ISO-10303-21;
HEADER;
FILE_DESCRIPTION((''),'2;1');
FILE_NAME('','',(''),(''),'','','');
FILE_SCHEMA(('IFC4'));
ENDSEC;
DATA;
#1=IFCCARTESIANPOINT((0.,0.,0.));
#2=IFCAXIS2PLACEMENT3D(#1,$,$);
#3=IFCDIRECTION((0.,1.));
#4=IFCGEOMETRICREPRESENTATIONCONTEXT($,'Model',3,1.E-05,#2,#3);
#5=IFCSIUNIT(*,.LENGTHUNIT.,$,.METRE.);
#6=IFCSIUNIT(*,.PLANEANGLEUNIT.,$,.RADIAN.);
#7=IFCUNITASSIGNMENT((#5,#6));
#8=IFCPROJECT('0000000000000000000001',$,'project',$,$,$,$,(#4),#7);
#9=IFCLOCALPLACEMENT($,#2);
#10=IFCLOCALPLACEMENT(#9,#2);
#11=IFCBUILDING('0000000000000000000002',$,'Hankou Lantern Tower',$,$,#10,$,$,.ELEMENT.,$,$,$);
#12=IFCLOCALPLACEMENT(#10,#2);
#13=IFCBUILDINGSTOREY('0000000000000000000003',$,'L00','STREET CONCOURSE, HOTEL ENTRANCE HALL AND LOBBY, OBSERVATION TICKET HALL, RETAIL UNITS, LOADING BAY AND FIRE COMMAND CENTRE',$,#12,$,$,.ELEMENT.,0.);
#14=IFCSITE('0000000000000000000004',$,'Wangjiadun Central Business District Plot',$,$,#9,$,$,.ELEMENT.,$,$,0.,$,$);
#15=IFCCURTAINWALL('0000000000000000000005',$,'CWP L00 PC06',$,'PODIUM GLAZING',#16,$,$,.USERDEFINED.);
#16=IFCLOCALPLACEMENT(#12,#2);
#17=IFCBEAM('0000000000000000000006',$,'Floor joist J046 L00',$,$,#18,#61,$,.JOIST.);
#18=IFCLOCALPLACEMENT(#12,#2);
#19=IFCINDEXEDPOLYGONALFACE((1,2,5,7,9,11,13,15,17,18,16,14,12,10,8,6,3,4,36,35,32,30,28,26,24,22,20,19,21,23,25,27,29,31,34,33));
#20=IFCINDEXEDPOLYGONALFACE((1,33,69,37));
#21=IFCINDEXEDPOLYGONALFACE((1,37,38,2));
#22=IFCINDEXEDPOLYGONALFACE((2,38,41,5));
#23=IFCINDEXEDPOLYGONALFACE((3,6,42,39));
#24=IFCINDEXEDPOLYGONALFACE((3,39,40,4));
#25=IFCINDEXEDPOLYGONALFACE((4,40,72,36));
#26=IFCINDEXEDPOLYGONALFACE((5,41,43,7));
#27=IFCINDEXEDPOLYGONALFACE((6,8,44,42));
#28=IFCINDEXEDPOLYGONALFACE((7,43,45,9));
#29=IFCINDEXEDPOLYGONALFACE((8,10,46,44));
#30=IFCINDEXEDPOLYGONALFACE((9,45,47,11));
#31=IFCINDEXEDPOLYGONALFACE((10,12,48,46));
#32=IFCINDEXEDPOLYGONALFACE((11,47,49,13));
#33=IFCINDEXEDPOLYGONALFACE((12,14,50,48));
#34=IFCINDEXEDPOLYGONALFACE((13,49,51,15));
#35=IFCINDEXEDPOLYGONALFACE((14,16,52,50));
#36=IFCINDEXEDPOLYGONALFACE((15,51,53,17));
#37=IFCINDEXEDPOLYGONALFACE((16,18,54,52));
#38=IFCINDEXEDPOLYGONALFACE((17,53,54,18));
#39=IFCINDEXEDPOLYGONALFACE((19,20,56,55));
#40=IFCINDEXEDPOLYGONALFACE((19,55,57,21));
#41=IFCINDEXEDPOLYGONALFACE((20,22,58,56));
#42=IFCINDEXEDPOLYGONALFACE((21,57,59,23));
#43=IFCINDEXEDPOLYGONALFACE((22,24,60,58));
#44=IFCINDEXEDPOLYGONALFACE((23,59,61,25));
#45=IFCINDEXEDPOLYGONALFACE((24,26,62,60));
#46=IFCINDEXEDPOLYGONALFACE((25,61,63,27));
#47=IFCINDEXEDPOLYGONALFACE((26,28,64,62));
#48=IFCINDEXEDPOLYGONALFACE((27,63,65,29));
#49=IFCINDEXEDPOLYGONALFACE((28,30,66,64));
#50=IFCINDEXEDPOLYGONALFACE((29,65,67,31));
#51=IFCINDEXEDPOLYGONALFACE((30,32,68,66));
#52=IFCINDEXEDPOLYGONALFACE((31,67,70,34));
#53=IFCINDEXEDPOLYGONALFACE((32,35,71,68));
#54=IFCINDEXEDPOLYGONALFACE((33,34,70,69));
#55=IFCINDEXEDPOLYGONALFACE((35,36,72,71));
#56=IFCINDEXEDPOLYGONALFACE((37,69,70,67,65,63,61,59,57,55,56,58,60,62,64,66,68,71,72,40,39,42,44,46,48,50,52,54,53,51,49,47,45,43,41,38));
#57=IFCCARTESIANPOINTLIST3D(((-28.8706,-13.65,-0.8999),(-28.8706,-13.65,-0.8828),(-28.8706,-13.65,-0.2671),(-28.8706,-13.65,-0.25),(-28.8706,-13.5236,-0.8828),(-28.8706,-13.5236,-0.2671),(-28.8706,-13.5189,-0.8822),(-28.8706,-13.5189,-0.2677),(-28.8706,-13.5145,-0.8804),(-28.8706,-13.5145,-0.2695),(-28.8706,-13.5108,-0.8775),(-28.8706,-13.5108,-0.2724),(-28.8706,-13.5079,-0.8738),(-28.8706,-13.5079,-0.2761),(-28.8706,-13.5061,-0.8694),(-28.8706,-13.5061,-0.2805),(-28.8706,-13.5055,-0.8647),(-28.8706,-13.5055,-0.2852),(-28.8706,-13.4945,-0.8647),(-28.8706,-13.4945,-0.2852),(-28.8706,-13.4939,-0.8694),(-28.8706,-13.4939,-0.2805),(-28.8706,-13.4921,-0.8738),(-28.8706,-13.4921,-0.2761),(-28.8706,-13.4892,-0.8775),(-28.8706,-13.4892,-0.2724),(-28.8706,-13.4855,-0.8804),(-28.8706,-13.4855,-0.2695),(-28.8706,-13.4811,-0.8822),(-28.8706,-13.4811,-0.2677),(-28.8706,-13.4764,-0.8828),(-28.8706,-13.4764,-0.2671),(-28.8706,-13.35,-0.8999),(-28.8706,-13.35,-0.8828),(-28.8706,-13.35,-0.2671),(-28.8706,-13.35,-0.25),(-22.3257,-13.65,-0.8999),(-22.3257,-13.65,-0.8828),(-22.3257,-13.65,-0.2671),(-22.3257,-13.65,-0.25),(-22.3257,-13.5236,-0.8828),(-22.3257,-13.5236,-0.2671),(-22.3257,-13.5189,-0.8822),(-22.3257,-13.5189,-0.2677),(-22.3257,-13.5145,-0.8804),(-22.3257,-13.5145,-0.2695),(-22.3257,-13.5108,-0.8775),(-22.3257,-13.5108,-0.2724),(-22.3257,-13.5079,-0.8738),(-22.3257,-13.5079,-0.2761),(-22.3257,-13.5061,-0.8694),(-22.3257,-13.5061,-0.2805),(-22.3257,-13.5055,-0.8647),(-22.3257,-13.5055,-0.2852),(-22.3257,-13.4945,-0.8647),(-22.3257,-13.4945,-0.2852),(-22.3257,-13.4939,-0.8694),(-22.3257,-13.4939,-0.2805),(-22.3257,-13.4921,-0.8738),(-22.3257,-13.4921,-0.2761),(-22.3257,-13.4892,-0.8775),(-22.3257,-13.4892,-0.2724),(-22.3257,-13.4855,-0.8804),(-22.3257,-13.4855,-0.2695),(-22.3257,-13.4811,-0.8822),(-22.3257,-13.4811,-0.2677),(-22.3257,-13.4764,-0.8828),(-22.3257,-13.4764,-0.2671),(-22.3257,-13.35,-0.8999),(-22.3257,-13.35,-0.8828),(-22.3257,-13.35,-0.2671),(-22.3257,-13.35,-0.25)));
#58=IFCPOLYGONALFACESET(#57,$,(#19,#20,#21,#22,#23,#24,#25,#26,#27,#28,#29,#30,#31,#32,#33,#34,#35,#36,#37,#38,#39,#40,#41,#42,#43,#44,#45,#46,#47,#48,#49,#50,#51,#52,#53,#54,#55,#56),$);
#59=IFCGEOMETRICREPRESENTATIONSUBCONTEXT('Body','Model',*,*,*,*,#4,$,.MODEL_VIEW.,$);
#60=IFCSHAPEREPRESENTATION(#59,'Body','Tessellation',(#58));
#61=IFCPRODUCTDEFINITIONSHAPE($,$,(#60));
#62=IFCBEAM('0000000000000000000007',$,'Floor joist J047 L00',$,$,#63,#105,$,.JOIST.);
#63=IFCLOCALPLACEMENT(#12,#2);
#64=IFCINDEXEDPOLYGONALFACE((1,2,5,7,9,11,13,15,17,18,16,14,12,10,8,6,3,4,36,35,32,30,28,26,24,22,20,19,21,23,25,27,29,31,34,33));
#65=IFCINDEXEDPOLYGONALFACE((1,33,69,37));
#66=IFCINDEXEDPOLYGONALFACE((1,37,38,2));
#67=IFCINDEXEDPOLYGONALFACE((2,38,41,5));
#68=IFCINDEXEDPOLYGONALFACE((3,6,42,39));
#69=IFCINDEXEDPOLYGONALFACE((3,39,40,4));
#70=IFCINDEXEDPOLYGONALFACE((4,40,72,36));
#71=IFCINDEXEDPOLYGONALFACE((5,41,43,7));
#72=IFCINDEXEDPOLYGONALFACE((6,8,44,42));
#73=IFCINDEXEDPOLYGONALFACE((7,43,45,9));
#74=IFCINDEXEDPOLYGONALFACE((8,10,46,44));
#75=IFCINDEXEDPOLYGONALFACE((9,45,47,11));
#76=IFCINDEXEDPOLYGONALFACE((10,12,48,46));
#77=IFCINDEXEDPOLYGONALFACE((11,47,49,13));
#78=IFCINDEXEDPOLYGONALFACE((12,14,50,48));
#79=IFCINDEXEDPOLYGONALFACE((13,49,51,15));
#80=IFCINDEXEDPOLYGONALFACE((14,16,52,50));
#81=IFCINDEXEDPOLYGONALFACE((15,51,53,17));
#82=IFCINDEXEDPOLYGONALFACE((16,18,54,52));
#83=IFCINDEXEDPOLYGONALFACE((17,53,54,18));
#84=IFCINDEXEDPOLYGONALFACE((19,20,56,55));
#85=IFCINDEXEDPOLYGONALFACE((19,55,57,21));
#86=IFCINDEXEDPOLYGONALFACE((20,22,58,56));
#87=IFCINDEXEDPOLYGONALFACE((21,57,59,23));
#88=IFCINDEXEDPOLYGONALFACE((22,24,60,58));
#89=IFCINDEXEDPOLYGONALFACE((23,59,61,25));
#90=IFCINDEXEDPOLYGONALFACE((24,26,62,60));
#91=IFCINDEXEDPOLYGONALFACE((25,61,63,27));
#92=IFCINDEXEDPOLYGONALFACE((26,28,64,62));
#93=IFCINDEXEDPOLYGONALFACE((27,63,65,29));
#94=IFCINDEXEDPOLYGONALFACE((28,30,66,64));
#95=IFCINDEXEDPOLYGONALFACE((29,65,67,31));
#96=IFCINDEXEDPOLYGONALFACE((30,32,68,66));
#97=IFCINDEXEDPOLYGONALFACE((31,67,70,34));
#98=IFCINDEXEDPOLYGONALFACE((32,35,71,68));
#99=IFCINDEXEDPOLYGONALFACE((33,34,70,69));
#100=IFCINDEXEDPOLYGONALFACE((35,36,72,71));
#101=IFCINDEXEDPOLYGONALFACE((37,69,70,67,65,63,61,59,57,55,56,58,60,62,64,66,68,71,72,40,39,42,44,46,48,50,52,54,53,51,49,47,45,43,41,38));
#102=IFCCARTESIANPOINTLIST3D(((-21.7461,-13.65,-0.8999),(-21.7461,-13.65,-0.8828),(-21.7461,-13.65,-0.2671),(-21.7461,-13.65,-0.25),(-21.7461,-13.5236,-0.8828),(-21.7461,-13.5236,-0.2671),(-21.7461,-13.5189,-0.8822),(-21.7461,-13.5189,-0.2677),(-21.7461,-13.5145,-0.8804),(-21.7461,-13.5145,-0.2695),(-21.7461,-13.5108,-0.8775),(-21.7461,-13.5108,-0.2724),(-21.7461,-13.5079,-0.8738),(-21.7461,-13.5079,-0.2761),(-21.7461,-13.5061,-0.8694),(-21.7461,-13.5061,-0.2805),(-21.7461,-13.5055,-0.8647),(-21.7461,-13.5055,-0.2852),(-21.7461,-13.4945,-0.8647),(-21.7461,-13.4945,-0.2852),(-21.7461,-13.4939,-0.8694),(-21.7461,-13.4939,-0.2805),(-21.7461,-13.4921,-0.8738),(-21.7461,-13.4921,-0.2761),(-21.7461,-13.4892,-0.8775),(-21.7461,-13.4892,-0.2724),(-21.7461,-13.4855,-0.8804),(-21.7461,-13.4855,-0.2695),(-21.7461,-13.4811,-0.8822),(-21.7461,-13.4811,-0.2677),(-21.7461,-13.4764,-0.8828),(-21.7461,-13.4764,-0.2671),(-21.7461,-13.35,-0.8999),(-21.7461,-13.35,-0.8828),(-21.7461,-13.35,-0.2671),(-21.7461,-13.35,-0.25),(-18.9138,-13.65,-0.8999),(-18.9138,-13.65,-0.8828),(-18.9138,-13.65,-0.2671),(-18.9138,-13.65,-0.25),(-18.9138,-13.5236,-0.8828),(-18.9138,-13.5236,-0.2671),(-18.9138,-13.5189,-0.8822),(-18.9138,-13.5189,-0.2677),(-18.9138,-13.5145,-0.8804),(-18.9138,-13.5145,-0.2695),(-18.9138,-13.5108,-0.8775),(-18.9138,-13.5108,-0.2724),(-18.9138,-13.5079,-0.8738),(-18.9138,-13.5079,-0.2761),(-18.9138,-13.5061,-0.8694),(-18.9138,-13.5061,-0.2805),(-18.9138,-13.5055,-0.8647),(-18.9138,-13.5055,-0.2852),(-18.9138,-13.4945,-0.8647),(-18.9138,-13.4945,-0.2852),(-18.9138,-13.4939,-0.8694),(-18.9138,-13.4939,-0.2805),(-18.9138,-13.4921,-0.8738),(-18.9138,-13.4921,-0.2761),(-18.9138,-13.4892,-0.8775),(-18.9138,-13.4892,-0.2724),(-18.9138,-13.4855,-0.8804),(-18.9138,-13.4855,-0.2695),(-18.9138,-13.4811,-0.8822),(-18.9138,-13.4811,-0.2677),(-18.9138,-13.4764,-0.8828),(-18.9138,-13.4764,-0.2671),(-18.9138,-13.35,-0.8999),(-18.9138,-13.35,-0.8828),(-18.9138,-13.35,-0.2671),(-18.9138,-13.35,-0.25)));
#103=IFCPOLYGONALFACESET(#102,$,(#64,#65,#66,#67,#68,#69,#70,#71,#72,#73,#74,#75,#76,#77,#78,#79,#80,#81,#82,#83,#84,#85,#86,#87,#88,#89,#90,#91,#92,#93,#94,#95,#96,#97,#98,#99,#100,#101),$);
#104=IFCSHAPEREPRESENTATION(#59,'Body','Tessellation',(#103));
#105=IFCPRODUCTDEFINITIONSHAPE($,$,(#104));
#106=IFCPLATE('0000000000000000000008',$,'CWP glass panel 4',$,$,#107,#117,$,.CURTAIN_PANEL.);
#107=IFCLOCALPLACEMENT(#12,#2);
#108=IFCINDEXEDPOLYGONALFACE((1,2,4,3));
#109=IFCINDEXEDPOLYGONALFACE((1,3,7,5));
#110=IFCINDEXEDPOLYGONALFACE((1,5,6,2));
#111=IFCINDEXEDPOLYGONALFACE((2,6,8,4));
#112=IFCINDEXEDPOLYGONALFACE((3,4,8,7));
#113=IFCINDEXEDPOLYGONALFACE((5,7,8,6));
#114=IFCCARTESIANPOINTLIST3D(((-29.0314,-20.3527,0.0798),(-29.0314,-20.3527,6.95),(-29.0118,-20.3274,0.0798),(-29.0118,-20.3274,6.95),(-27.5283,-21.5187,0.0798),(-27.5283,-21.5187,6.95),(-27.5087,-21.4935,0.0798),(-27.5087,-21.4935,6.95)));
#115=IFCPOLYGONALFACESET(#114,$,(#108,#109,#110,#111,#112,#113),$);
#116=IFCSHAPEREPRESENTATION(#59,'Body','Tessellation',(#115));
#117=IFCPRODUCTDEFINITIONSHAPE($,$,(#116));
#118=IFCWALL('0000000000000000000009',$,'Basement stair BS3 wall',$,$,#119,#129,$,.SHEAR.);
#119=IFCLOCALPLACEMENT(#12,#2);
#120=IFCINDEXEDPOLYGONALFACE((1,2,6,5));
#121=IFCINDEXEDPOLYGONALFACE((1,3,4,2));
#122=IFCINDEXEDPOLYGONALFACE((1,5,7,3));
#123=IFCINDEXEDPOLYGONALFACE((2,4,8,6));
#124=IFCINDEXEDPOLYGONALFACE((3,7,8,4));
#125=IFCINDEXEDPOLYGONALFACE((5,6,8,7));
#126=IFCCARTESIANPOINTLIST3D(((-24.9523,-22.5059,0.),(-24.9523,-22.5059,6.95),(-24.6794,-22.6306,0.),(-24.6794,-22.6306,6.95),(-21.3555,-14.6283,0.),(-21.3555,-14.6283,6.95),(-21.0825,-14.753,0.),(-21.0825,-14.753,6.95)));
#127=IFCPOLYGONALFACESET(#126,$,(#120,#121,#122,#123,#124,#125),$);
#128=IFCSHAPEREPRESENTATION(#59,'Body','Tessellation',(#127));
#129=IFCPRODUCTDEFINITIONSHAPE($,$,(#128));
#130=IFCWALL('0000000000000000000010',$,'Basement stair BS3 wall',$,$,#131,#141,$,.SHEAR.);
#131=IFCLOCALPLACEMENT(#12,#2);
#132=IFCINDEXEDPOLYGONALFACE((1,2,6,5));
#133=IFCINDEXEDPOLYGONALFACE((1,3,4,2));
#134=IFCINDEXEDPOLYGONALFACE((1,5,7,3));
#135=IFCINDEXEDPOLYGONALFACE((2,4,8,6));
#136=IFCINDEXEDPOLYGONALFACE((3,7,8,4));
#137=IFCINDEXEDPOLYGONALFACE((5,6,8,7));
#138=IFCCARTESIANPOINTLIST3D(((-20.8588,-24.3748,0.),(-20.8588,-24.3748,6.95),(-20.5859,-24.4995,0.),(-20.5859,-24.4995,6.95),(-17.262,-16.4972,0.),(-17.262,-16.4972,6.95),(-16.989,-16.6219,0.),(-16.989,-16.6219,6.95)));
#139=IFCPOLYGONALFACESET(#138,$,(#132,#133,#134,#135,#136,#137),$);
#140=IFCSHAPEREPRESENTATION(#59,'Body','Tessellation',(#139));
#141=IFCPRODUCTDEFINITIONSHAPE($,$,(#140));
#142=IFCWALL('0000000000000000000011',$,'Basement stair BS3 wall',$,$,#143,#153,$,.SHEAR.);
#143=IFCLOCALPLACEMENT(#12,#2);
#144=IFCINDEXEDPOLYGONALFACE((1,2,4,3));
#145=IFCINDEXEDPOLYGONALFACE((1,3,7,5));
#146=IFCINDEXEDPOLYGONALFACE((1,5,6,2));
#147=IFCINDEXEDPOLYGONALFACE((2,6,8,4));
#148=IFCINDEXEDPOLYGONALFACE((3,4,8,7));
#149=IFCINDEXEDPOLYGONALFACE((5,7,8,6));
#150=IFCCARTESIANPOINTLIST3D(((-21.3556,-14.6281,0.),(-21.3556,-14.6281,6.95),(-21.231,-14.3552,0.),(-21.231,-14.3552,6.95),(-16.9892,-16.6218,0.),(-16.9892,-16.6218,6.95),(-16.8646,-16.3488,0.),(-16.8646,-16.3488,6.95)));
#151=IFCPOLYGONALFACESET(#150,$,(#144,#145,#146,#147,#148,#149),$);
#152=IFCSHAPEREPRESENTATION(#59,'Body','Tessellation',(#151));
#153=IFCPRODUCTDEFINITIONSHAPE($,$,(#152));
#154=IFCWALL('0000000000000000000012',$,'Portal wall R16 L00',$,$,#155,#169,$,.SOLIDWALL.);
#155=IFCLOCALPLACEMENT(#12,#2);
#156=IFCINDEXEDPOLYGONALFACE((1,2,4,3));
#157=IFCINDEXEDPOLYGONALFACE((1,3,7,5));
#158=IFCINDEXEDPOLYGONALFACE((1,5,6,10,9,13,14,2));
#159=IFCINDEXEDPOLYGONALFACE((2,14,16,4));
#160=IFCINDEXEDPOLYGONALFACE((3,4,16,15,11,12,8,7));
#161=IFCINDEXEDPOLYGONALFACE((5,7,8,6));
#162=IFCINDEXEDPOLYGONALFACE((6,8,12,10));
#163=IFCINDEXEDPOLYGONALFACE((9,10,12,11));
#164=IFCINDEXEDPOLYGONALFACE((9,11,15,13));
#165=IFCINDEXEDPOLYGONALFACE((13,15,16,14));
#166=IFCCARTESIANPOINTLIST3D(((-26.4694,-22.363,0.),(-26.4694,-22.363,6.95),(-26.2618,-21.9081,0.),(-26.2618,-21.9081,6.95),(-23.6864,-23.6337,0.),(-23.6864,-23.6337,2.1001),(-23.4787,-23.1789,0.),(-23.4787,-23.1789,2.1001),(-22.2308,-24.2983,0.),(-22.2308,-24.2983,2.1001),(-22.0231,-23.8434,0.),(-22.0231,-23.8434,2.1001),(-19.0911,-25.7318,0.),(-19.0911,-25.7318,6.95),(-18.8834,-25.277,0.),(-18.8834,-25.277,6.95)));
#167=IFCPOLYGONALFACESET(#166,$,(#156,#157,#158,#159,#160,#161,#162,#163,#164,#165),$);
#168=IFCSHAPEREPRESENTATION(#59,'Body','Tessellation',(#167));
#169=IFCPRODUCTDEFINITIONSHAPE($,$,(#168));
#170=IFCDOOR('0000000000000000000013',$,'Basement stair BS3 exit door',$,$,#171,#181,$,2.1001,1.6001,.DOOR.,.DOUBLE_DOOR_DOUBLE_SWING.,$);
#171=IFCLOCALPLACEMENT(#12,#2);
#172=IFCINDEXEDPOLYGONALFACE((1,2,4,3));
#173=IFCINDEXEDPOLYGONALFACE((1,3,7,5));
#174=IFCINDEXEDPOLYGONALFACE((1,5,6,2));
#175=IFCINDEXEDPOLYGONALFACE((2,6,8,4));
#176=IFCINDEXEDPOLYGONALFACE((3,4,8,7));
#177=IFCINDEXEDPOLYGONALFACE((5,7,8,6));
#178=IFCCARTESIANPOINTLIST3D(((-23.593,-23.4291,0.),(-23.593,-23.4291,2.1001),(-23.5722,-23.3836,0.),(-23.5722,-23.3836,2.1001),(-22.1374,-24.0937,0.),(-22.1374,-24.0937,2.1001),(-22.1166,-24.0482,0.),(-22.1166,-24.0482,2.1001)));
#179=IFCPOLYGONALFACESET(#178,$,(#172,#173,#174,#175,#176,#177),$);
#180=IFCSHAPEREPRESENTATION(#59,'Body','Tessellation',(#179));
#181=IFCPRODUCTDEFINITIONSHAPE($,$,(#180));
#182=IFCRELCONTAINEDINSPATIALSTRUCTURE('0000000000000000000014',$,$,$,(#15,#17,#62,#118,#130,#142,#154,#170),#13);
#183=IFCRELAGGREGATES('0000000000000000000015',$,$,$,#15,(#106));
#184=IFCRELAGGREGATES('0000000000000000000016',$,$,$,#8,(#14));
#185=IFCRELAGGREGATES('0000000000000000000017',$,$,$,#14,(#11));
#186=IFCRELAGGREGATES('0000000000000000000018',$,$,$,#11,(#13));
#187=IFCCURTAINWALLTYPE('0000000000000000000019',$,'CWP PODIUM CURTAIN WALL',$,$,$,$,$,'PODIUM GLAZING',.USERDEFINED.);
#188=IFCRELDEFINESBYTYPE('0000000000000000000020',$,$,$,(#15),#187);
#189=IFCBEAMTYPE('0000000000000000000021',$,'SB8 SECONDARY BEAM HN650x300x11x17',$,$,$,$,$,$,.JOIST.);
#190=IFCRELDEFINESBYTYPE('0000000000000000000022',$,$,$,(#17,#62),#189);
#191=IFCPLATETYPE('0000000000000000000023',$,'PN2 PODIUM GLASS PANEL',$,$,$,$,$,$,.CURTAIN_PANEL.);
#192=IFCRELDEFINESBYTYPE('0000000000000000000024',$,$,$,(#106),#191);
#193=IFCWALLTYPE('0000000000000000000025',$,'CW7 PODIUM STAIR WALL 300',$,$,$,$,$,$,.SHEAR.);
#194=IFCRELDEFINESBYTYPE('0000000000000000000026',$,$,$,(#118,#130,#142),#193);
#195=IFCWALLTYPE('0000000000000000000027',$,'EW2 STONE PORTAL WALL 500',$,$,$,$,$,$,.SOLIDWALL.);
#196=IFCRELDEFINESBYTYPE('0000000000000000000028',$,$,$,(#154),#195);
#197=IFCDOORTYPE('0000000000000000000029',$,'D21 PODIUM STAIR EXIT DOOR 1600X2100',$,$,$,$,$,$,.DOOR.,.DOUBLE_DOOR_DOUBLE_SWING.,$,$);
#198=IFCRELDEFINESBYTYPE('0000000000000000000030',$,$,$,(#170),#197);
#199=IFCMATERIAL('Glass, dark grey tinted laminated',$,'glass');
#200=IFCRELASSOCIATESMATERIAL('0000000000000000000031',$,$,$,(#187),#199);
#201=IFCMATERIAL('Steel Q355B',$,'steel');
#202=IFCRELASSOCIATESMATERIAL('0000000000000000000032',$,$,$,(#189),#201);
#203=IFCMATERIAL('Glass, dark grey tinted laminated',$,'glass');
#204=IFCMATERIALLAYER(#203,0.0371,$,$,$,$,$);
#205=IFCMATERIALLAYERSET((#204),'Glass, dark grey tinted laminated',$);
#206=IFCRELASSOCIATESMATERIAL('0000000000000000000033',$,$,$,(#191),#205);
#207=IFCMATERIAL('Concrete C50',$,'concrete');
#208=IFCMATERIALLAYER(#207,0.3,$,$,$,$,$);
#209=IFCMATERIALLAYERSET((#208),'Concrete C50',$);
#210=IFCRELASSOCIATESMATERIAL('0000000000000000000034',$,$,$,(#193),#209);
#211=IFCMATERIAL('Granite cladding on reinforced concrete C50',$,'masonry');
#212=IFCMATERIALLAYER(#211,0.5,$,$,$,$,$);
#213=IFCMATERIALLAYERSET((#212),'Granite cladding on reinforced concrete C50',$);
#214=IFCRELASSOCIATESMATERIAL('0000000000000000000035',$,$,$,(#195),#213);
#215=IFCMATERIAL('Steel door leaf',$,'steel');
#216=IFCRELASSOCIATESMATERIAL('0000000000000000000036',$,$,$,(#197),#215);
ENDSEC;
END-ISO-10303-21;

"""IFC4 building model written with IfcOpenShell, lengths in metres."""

from ifc_helpers import new_model, si_unit, direction, frame, frame_2d, origin, origin_2d, place, context, subcontext, project, spatial, rectangle, i_section, extrude, material, layer, layer_set, material_profile, profile_set, type_object, element, fill, aggregate, save


model = new_model("IFC4")

# Units and contexts
model_context = context("Model", 3, precision=1e-05, world=origin(), true_north=direction((0.0, 1.0)))
body_context = subcontext(model_context, "Body", "Model", "MODEL_VIEW")
ifc_project = project(units=[si_unit("LENGTHUNIT", "METRE"), si_unit("PLANEANGLEUNIT", "RADIAN")], contexts=[model_context])

# Site, building, storey
site_placement = place(None, origin())
site = spatial("IfcSite", under=ifc_project, at=site_placement, Name="Wangjiadun Central Business District Plot", CompositionType="ELEMENT", RefElevation=0.0)
building_placement = place(site_placement, origin())
building = spatial("IfcBuilding", under=site, at=building_placement, Name="Hankou Lantern Tower", CompositionType="ELEMENT")
storey_placement = place(building_placement, origin())
storey = spatial("IfcBuildingStorey", under=building, at=storey_placement, Name="L00", Description="STREET CONCOURSE, HOTEL ENTRANCE HALL AND LOBBY, OBSERVATION TICKET HALL, RETAIL UNITS, LOADING BAY AND FIRE COMMAND CENTRE", CompositionType="ELEMENT", Elevation=0.0)

# Curtain wall
ifc_material_1 = material(Name="Glass, dark grey tinted laminated", Category="glass")
curtain_wall_type = type_object("IfcCurtainWallType", Name="CWP PODIUM CURTAIN WALL", ElementType="PODIUM GLAZING", PredefinedType="USERDEFINED", material=ifc_material_1)
curtain_wall_placement = place(storey_placement, origin())
curtain_wall = element("IfcCurtainWall", 1, at=curtain_wall_placement, inside=storey, type_object=curtain_wall_type, Name="CWP L00 PC06", ObjectType="PODIUM GLAZING", PredefinedType="USERDEFINED")

# Beams
ifc_material_2 = material(Name="Steel Q355B", Category="steel")
ifc_material_profile_1 = material_profile(ifc_material_2, i_section(OverallWidth=0.3, OverallDepth=0.6499, WebThickness=0.011, FlangeThickness=0.0171, FilletRadius=0.0181, at=origin_2d()), Name="HN650x300x11x17")
ifc_profile_set_1 = profile_set([ifc_material_profile_1], Name="Steel Q355B")
beam_type_1 = type_object("IfcBeamType", Name="SB8 SECONDARY BEAM HN650x300x11x17", PredefinedType="JOIST", material=ifc_profile_set_1)
beam_1_placement = place(storey_placement, frame((-28.8706, -13.5, -0.575), z_axis=(1.0, 0.0, 0.0), x_axis=(0.0, 1.0, 0.0)))
element("IfcBeam", 2, at=beam_1_placement, inside=storey, type_object=beam_type_1, Name="Floor joist J046 L00", PredefinedType="JOIST", context=body_context, shape_type="SweptSolid", body=[
    extrude(i_section(OverallWidth=0.3, OverallDepth=0.6499, WebThickness=0.011, FlangeThickness=0.0171, FilletRadius=0.0181, at=origin_2d()), origin(), (0.0, 0.0, 1.0), 6.5449),
])
beam_2_placement = place(storey_placement, frame((-21.7461, -13.5, -0.575), z_axis=(1.0, 0.0, 0.0), x_axis=(0.0, 1.0, 0.0)))
element("IfcBeam", 3, at=beam_2_placement, inside=storey, type_object=beam_type_1, Name="Floor joist J047 L00", PredefinedType="JOIST", context=body_context, shape_type="SweptSolid", body=[
    extrude(i_section(OverallWidth=0.3, OverallDepth=0.6499, WebThickness=0.011, FlangeThickness=0.0171, FilletRadius=0.0181, at=origin_2d()), origin(), (0.0, 0.0, 1.0), 2.8323),
])

# Plate
ifc_material_3 = material(Name="Glass, dark grey tinted laminated", Category="glass")
ifc_layer_1 = layer(ifc_material_3, 0.0371)
ifc_layer_set_1 = layer_set([ifc_layer_1], Name="Glass, dark grey tinted laminated")
plate_type = type_object("IfcPlateType", Name="PN2 PODIUM GLASS PANEL", PredefinedType="CURTAIN_PANEL", material=ifc_layer_set_1)
plate_placement = place(storey_placement, frame((-28.27, -20.9231, 0.0798), z_axis=(0.0, 0.0, 1.0), x_axis=(0.79013, -0.61294, 0.0)))
plate = element("IfcPlate", 4, at=plate_placement, type_object=plate_type, Name="CWP glass panel 4", PredefinedType="CURTAIN_PANEL", context=body_context, shape_type="SweptSolid", body=[
    extrude(rectangle(XDim=1.9023, YDim=0.032, at=origin_2d()), origin(), (0.0, 0.0, 1.0), 6.8701),
])
aggregate(curtain_wall, [plate])

# Walls
ifc_material_4 = material(Name="Concrete C50", Category="concrete")
ifc_layer_2 = layer(ifc_material_4, 0.3)
ifc_layer_set_2 = layer_set([ifc_layer_2], Name="Concrete C50")
wall_type_1 = type_object("IfcWallType", Name="CW7 PODIUM STAIR WALL 300", PredefinedType="SHEAR", material=ifc_layer_set_2)
for number, where, z_axis, x_axis, name in (
    (5, (-24.8159, -22.5684, 0.0), (0.0, 0.0, 1.0), (0.415349, 0.909662, 0.0), "Basement stair BS3 wall"),
    (6, (-20.7224, -24.4373, 0.0), (0.0, 0.0, 1.0), (0.415349, 0.909662, 0.0), "Basement stair BS3 wall"),
):
    element("IfcWall", number, at=place(storey_placement, frame(where, z_axis=z_axis, x_axis=x_axis)), inside=storey, type_object=wall_type_1, Name=name, PredefinedType="SHEAR", context=body_context, shape_type="SweptSolid", body=[
        extrude(rectangle(XDim=8.6599, YDim=0.3, at=frame_2d((4.3301, 0.0))), origin(), (0.0, 0.0, 1.0), 6.95),
    ])
wall_1_placement = place(storey_placement, frame((-21.2932, -14.4917, 0.0), z_axis=(0.0, 0.0, 1.0), x_axis=(0.909667, -0.415339, 0.0)))
element("IfcWall", 7, at=wall_1_placement, inside=storey, type_object=wall_type_1, Name="Basement stair BS3 wall", PredefinedType="SHEAR", context=body_context, shape_type="SweptSolid", body=[
    extrude(rectangle(XDim=4.8, YDim=0.3, at=frame_2d((2.3999, 0.0))), origin(), (0.0, 0.0, 1.0), 6.95),
])

# Wall, opening, door
ifc_material_5 = material(Name="Granite cladding on reinforced concrete C50", Category="masonry")
ifc_layer_3 = layer(ifc_material_5, 0.5)
ifc_layer_set_3 = layer_set([ifc_layer_3], Name="Granite cladding on reinforced concrete C50")
wall_type_2 = type_object("IfcWallType", Name="EW2 STONE PORTAL WALL 500", PredefinedType="SOLIDWALL", material=ifc_layer_set_3)
wall_2_placement = place(storey_placement, frame((-26.3657, -22.1355, 0.0), z_axis=(0.0, 0.0, 1.0), x_axis=(0.909665, -0.415342, 0.0)))
wall_2 = element("IfcWall", 8, at=wall_2_placement, inside=storey, type_object=wall_type_2, Name="Portal wall R16 L00", PredefinedType="SOLIDWALL", context=body_context, shape_type="SweptSolid", body=[
    extrude(rectangle(XDim=8.1111, YDim=0.5, at=frame_2d((4.0557, 0.0))), origin(), (0.0, 0.0, 1.0), 6.95),
])
opening_placement = place(wall_2_placement, frame((3.0596, 0.0, 0.0)))
opening = element("IfcOpeningElement", 9, at=opening_placement, cuts=wall_2, PredefinedType="OPENING", context=body_context, shape_type="SweptSolid", body=[
    extrude(rectangle(XDim=1.6001, YDim=2.1001, at=frame_2d((0.8, 1.05))), frame((0.0, 0.26, 0.0), z_axis=(0.0, -1.0, 0.0), x_axis=(1.0, 0.0, 0.0)), (0.0, 0.0, 1.0), 0.52),
])
ifc_material_6 = material(Name="Steel door leaf", Category="steel")
door_type = type_object("IfcDoorType", Name="D21 PODIUM STAIR EXIT DOOR 1600X2100", OperationType="DOUBLE_DOOR_DOUBLE_SWING", PredefinedType="DOOR", material=ifc_material_6)
door_placement = place(opening_placement, origin())
door = element("IfcDoor", 10, at=door_placement, inside=storey, type_object=door_type, Name="Basement stair BS3 exit door", OperationType="DOUBLE_DOOR_DOUBLE_SWING", OverallHeight=2.1001, OverallWidth=1.6001, PredefinedType="DOOR", context=body_context, shape_type="SweptSolid", body=[
    extrude(rectangle(XDim=1.6001, YDim=2.1001, at=frame_2d((0.8, 1.05))), frame((0.0, 0.0249, 0.0), z_axis=(0.0, -1.0, 0.0), x_axis=(1.0, 0.0, 0.0)), (0.0, 0.0, 1.0), 0.05),
])
fill(opening, door)

save(model, "model.ifc")
